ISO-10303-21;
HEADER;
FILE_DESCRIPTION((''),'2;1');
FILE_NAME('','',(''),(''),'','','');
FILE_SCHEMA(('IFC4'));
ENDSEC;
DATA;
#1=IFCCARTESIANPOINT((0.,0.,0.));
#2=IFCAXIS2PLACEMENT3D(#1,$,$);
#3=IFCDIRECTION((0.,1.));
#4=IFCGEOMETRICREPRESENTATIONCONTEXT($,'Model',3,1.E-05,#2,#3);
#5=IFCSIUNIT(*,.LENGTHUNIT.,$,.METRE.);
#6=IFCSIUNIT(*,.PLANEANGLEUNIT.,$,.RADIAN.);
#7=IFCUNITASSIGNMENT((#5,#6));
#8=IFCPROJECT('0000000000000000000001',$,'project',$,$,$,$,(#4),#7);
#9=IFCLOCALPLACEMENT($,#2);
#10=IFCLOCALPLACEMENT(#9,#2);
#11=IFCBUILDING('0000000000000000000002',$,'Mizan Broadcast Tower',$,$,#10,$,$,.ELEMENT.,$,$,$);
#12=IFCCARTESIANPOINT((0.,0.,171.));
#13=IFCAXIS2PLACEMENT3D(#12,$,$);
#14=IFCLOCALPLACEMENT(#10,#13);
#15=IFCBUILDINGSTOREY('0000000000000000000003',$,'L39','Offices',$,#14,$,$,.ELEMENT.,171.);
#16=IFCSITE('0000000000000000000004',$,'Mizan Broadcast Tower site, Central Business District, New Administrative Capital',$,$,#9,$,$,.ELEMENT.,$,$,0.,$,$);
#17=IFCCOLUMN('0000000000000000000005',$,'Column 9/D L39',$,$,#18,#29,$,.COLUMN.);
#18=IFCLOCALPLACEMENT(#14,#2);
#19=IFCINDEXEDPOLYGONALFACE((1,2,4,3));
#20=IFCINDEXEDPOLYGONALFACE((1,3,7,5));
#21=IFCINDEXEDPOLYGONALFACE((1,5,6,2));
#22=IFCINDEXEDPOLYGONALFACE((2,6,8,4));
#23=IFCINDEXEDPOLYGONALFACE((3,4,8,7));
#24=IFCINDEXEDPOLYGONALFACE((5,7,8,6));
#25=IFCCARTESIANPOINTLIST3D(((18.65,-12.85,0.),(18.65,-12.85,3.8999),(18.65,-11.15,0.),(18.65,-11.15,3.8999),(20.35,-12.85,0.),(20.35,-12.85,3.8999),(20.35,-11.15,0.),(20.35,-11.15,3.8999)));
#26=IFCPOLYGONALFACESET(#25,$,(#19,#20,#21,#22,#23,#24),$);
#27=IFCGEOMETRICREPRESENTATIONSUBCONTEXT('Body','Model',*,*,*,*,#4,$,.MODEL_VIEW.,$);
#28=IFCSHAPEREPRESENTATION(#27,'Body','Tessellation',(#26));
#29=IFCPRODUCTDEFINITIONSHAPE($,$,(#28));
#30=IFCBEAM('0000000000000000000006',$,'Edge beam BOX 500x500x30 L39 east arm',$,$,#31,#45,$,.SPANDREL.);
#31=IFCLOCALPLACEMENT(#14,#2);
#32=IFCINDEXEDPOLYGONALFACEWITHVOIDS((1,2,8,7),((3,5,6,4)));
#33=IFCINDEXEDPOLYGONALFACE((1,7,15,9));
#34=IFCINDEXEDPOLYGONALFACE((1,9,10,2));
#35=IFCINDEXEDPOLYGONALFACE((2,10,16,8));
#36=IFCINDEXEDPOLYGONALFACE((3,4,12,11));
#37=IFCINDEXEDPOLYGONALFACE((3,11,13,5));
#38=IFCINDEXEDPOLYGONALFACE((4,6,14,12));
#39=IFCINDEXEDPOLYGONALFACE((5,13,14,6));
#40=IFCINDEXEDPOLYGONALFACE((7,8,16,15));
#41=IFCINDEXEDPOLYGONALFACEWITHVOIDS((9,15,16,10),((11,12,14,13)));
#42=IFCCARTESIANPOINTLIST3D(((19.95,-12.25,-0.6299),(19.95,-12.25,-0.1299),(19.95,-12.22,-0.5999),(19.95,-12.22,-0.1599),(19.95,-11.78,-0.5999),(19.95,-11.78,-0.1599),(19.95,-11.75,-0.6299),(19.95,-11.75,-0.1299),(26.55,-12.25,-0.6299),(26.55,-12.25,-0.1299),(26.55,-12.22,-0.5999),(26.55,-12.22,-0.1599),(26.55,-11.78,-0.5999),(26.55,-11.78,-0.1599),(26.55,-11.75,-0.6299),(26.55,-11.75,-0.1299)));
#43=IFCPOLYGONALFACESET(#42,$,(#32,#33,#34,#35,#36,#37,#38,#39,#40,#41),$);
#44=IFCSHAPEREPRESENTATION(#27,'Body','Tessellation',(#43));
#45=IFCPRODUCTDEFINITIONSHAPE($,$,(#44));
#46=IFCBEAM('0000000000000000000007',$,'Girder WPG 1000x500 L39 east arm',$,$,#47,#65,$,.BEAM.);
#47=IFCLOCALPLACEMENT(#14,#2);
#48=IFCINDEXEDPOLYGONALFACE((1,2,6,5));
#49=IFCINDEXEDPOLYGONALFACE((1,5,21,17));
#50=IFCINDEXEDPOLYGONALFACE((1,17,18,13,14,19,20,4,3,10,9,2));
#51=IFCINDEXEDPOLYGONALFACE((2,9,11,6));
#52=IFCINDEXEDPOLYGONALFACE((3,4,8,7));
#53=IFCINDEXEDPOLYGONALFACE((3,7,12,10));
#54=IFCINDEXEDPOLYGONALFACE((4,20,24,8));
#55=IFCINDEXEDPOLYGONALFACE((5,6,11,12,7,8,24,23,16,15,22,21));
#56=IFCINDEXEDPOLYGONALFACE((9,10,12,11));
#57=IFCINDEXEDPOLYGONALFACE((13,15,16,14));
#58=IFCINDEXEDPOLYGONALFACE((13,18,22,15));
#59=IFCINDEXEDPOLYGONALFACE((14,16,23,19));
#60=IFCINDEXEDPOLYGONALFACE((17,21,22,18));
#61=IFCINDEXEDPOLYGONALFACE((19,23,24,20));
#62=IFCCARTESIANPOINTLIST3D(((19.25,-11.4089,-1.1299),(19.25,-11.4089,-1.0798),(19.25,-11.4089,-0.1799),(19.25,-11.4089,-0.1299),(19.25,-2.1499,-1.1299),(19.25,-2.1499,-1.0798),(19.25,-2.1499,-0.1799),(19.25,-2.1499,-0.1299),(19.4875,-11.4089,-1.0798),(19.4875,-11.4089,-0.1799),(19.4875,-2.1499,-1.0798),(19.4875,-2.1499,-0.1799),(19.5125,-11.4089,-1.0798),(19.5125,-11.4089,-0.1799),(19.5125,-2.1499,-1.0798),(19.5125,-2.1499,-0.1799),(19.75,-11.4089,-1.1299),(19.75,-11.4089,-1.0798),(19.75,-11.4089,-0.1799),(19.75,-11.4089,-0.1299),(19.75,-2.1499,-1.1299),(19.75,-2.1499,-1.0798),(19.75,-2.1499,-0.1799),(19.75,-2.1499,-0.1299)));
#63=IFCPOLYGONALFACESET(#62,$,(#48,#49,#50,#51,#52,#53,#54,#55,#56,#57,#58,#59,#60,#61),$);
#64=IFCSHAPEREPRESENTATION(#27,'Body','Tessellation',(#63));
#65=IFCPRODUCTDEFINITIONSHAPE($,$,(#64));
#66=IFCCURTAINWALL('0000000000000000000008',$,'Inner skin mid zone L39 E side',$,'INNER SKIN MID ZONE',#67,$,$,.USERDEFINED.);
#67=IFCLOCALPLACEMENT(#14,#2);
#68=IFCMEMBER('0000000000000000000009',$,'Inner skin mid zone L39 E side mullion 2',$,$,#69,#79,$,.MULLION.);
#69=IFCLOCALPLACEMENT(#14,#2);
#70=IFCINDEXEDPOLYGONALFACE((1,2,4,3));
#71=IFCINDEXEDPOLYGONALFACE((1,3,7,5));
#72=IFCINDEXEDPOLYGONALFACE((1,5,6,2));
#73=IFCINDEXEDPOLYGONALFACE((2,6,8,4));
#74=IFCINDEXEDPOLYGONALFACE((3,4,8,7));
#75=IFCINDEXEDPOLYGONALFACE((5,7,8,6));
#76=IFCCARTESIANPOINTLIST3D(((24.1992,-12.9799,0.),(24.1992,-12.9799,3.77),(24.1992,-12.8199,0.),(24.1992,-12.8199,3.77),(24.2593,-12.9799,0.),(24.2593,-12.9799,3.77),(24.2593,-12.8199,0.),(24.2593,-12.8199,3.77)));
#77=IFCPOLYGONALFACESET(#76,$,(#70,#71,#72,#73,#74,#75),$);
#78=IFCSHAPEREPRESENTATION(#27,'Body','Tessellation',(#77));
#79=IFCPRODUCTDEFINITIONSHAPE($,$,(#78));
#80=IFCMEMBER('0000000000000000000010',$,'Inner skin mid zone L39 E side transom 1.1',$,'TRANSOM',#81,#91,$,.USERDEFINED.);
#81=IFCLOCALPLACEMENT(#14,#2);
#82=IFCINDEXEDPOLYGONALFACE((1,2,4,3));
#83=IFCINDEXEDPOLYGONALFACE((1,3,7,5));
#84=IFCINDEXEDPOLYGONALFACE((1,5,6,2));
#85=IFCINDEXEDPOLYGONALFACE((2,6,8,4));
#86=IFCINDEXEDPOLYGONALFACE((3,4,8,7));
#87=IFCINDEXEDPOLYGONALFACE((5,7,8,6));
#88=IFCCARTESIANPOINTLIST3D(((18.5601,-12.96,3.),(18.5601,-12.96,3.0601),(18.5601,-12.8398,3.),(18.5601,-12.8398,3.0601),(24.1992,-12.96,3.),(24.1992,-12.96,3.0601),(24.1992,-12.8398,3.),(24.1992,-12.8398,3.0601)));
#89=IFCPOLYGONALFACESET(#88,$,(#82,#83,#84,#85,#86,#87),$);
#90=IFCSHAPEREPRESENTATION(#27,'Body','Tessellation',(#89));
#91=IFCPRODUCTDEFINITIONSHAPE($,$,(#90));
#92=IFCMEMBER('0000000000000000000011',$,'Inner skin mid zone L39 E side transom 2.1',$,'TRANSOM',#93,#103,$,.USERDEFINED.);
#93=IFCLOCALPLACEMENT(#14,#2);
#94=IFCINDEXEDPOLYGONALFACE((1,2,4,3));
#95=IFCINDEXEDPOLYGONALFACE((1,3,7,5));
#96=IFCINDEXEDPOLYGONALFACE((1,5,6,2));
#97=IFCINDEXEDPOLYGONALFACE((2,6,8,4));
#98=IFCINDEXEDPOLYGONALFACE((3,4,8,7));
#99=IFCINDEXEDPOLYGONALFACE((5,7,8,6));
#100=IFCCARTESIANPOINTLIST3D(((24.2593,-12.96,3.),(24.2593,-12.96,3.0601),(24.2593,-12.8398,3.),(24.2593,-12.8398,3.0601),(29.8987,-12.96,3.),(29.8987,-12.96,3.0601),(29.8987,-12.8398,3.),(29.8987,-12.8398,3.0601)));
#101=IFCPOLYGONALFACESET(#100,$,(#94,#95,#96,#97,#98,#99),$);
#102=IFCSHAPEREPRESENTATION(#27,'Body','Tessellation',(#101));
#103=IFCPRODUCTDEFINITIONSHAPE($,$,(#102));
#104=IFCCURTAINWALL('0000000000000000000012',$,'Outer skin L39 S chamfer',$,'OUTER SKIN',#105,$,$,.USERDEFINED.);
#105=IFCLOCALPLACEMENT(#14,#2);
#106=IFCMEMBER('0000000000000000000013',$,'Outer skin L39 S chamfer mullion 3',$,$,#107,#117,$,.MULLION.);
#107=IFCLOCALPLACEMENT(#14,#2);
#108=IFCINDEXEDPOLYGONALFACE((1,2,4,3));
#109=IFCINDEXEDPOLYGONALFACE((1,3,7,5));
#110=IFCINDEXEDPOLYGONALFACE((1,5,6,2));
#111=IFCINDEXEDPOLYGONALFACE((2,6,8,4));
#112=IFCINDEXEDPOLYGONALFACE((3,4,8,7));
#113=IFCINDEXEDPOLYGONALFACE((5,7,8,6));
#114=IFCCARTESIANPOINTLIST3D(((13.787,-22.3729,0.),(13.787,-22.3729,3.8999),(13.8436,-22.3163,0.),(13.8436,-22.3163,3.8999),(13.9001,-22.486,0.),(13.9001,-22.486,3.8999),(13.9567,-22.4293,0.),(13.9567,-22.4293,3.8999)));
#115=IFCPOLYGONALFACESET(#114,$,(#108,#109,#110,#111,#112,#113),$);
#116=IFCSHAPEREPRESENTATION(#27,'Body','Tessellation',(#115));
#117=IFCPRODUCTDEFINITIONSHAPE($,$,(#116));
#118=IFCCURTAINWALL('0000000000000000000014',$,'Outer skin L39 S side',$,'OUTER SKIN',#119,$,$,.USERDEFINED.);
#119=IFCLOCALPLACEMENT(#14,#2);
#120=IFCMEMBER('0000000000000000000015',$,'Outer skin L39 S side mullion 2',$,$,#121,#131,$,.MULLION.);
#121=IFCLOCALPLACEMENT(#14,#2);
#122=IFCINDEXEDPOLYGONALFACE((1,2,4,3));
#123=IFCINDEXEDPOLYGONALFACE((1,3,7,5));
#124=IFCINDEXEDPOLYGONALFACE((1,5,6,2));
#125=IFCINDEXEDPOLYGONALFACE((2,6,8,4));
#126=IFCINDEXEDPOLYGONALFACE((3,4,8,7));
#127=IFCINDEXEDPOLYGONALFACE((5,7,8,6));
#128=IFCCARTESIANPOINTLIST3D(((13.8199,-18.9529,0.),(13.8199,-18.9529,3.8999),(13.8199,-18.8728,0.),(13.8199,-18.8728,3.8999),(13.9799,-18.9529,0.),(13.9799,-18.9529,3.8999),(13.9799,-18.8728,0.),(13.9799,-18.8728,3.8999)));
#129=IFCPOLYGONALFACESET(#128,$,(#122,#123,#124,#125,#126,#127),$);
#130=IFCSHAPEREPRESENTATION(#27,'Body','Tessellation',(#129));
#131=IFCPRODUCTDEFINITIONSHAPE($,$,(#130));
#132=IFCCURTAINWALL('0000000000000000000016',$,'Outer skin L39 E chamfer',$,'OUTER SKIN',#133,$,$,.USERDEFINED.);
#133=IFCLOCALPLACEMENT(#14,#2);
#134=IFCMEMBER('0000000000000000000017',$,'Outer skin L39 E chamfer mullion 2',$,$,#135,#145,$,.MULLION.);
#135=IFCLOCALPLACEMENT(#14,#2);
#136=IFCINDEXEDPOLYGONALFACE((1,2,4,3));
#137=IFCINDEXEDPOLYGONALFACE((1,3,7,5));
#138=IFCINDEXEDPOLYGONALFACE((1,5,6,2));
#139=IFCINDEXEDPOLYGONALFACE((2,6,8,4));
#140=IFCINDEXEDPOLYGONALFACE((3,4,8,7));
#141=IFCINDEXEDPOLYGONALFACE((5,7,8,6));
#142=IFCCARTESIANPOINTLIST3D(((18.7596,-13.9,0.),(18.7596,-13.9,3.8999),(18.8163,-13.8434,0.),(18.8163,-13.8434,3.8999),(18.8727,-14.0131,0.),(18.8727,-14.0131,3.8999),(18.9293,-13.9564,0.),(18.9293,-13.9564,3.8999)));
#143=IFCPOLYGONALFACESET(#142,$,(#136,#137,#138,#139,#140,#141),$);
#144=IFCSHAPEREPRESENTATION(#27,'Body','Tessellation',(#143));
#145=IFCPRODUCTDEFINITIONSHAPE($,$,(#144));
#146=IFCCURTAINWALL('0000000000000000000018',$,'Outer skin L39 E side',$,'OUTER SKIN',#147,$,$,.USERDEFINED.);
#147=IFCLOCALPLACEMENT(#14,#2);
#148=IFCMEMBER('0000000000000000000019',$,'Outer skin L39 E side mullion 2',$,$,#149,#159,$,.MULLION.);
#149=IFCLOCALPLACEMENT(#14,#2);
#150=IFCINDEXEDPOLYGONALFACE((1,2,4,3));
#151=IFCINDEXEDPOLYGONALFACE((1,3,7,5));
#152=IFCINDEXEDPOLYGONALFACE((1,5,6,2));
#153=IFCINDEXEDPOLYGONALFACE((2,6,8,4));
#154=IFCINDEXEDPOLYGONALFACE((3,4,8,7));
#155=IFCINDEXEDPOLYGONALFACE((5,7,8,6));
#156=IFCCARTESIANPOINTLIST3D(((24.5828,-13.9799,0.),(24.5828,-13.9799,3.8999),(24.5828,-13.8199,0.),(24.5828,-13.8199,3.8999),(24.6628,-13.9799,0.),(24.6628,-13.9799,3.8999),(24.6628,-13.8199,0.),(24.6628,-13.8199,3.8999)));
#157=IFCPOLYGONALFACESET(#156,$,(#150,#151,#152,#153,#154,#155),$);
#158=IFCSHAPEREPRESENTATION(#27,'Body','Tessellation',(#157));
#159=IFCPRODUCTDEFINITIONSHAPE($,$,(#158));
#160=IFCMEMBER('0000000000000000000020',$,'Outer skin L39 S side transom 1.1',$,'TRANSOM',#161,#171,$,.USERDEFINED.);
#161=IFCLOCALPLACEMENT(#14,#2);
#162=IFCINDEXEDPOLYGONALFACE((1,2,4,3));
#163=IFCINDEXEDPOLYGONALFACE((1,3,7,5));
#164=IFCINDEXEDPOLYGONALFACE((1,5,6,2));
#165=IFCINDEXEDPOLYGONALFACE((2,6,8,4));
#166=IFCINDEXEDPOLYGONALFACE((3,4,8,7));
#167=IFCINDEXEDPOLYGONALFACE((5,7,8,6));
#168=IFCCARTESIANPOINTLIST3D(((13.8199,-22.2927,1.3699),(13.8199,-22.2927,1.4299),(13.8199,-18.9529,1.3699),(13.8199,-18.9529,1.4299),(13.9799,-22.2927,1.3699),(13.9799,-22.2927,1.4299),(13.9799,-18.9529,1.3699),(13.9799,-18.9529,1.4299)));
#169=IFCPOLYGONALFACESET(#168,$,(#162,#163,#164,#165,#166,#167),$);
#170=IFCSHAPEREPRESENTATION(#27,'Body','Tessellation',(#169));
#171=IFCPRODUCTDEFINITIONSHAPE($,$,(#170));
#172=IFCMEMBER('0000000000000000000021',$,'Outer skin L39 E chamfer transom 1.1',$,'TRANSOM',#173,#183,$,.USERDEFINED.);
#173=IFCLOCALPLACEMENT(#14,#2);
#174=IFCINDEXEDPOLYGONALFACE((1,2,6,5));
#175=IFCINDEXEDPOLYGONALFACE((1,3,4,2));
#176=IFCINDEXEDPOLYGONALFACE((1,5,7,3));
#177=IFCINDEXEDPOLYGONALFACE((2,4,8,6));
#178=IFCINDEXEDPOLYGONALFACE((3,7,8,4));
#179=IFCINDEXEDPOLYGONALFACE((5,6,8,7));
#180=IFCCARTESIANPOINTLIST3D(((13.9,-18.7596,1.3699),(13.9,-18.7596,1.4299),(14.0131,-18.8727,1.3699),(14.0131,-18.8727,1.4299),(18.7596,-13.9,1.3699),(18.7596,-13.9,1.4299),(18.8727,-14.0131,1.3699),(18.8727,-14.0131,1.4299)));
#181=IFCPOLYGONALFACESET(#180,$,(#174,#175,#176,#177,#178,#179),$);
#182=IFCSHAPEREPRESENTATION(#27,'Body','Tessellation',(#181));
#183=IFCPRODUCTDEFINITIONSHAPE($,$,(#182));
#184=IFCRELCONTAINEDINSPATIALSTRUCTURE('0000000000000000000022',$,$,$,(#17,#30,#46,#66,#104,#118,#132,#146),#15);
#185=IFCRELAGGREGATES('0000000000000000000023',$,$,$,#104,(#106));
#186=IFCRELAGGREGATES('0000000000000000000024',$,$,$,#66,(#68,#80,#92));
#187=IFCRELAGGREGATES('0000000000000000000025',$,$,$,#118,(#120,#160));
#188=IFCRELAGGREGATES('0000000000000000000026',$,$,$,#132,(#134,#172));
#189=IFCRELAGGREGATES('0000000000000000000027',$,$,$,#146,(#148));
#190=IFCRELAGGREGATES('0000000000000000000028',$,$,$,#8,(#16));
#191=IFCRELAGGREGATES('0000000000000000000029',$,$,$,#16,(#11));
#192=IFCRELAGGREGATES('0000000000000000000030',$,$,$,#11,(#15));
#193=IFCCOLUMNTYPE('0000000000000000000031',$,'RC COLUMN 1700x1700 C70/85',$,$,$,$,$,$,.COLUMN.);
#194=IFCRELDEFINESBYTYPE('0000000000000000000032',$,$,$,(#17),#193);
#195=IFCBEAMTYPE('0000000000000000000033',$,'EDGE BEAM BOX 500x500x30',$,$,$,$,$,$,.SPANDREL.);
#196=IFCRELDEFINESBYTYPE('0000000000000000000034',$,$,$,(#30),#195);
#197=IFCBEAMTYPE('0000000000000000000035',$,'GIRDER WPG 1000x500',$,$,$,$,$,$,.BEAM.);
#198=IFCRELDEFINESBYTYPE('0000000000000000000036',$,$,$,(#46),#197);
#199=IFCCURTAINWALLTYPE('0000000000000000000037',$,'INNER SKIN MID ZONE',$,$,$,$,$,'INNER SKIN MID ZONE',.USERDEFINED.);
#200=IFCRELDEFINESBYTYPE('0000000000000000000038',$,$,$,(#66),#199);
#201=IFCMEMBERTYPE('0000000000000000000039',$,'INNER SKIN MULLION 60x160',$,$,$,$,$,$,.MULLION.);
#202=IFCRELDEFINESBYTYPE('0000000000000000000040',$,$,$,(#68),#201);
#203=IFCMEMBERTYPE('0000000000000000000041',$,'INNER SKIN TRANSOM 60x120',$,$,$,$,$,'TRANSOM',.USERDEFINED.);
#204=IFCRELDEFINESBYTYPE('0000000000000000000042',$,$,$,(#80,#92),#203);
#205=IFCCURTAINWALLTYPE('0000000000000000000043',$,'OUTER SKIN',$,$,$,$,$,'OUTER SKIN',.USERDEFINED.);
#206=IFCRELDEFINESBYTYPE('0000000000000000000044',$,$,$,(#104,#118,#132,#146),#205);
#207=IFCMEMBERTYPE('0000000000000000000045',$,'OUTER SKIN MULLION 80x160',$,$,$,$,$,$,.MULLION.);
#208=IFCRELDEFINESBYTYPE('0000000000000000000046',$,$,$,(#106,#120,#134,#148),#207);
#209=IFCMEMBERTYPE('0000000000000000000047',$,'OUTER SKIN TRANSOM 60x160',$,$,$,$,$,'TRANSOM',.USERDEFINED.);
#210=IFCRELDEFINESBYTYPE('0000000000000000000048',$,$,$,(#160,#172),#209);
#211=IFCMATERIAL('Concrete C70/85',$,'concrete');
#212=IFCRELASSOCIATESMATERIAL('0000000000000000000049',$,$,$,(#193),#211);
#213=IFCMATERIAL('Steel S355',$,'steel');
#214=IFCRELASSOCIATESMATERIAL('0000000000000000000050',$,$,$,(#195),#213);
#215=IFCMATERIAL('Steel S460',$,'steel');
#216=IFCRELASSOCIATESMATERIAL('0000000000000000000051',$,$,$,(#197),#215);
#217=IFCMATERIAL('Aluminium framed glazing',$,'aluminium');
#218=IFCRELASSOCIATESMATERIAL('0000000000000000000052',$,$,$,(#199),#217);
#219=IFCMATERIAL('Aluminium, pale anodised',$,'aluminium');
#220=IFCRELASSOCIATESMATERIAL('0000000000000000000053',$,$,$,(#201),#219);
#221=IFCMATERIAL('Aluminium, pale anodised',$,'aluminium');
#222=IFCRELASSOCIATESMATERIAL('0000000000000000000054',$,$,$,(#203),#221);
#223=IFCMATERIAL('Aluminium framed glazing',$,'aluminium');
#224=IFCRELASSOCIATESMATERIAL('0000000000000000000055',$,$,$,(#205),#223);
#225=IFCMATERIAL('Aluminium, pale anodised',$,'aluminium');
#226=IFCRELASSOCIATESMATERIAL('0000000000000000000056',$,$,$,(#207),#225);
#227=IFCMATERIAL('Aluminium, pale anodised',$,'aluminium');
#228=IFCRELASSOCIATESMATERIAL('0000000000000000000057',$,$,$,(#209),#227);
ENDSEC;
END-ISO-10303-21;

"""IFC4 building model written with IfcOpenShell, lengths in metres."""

from ifc_helpers import new_model, si_unit, direction, frame, origin, origin_2d, place, context, subcontext, project, spatial, rectangle, hollow_rectangle, i_section, extrude, material, material_profile, profile_set, type_object, element, aggregate, save


model = new_model("IFC4")

# Units and contexts
model_context = context("Model", 3, precision=1e-05, world=origin(), true_north=direction((0.0, 1.0)))
body_context = subcontext(model_context, "Body", "Model", "MODEL_VIEW")
ifc_project = project(units=[si_unit("LENGTHUNIT", "METRE"), si_unit("PLANEANGLEUNIT", "RADIAN")], contexts=[model_context])

# Site, building, storey
site_placement = place(None, origin())
site = spatial("IfcSite", under=ifc_project, at=site_placement, Name="Mizan Broadcast Tower site, Central Business District, New Administrative Capital", CompositionType="ELEMENT", RefElevation=0.0)
building_placement = place(site_placement, origin())
building = spatial("IfcBuilding", under=site, at=building_placement, Name="Mizan Broadcast Tower", CompositionType="ELEMENT")
storey_placement = place(building_placement, frame((0.0, 0.0, 171.0)))
storey = spatial("IfcBuildingStorey", under=building, at=storey_placement, Name="L39", Description="Offices", CompositionType="ELEMENT", Elevation=171.0)

# Column
ifc_material_1 = material(Name="Concrete C70/85", Category="concrete")
ifc_material_profile_1 = material_profile(ifc_material_1, rectangle(XDim=1.7, YDim=1.7, at=origin_2d()), Name="RC 1700x1700")
ifc_profile_set_1 = profile_set([ifc_material_profile_1], Name="Concrete C70/85")
column_type = type_object("IfcColumnType", Name="RC COLUMN 1700x1700 C70/85", PredefinedType="COLUMN", material=ifc_profile_set_1)
column_placement = place(storey_placement, frame((19.5, -12.0, 0.0), z_axis=(0.0, 0.0, 1.0), x_axis=(1.0, 0.0, 0.0)))
element("IfcColumn", 1, at=column_placement, inside=storey, type_object=column_type, Name="Column 9/D L39", PredefinedType="COLUMN", context=body_context, shape_type="SweptSolid", body=[
    extrude(rectangle(XDim=1.7, YDim=1.7, at=origin_2d()), origin(), (0.0, 0.0, 1.0), 3.8999),
])

# Beams
ifc_material_2 = material(Name="Steel S355", Category="steel")
ifc_material_profile_2 = material_profile(ifc_material_2, hollow_rectangle(XDim=0.5, YDim=0.5, WallThickness=0.03, at=origin_2d()), Name="BOX 500x500x30")
ifc_profile_set_2 = profile_set([ifc_material_profile_2], Name="Steel S355")
beam_type_1 = type_object("IfcBeamType", Name="EDGE BEAM BOX 500x500x30", PredefinedType="SPANDREL", material=ifc_profile_set_2)
beam_1_placement = place(storey_placement, frame((19.95, -12.0, -0.3799), z_axis=(1.0, 0.0, 0.0), x_axis=(0.0, 1.0, 0.0)))
element("IfcBeam", 2, at=beam_1_placement, inside=storey, type_object=beam_type_1, Name="Edge beam BOX 500x500x30 L39 east arm", PredefinedType="SPANDREL", context=body_context, shape_type="SweptSolid", body=[
    extrude(hollow_rectangle(XDim=0.5, YDim=0.5, WallThickness=0.03, at=origin_2d()), origin(), (0.0, 0.0, 1.0), 6.6001),
])
ifc_material_3 = material(Name="Steel S460", Category="steel")
ifc_material_profile_3 = material_profile(ifc_material_3, i_section(OverallWidth=0.5, OverallDepth=1.0, WebThickness=0.0249, FlangeThickness=0.05, at=origin_2d()), Name="WPG 1000x500")
ifc_profile_set_3 = profile_set([ifc_material_profile_3], Name="Steel S460")
beam_type_2 = type_object("IfcBeamType", Name="GIRDER WPG 1000x500", PredefinedType="BEAM", material=ifc_profile_set_3)
beam_2_placement = place(storey_placement, frame((19.5, -11.4089, -0.6299), z_axis=(0.0, 1.0, 0.0), x_axis=(-1.0, 0.0, 0.0)))
element("IfcBeam", 3, at=beam_2_placement, inside=storey, type_object=beam_type_2, Name="Girder WPG 1000x500 L39 east arm", PredefinedType="BEAM", context=body_context, shape_type="SweptSolid", body=[
    extrude(i_section(OverallWidth=0.5, OverallDepth=1.0, WebThickness=0.0249, FlangeThickness=0.05, at=origin_2d()), origin(), (0.0, 0.0, 1.0), 9.259),
])

# Curtain wall, members
ifc_material_4 = material(Name="Aluminium framed glazing", Category="aluminium")
curtain_wall_type_1 = type_object("IfcCurtainWallType", Name="INNER SKIN MID ZONE", ElementType="INNER SKIN MID ZONE", PredefinedType="USERDEFINED", material=ifc_material_4)
curtain_wall_1_placement = place(storey_placement, origin())
curtain_wall_1 = element("IfcCurtainWall", 4, at=curtain_wall_1_placement, inside=storey, type_object=curtain_wall_type_1, Name="Inner skin mid zone L39 E side", ObjectType="INNER SKIN MID ZONE", PredefinedType="USERDEFINED")
ifc_material_5 = material(Name="Aluminium, pale anodised", Category="aluminium")
ifc_material_profile_4 = material_profile(ifc_material_5, rectangle(XDim=0.1599, YDim=0.0601, at=origin_2d()), Name="MULLION 160x60")
ifc_profile_set_4 = profile_set([ifc_material_profile_4], Name="Aluminium, pale anodised")
member_type_1 = type_object("IfcMemberType", Name="INNER SKIN MULLION 60x160", PredefinedType="MULLION", material=ifc_profile_set_4)
member_1_placement = place(storey_placement, frame((24.2292, -12.8999, 0.0), z_axis=(0.0, 0.0, 1.0), x_axis=(0.0, 1.0, 0.0)))
member_1 = element("IfcMember", 5, at=member_1_placement, type_object=member_type_1, Name="Inner skin mid zone L39 E side mullion 2", PredefinedType="MULLION", context=body_context, shape_type="SweptSolid", body=[
    extrude(rectangle(XDim=0.1599, YDim=0.0601, at=origin_2d()), origin(), (0.0, 0.0, 1.0), 3.77),
])
ifc_material_6 = material(Name="Aluminium, pale anodised", Category="aluminium")
ifc_material_profile_5 = material_profile(ifc_material_6, rectangle(XDim=0.1201, YDim=0.0601, at=origin_2d()), Name="TRANSOM 120x60")
ifc_profile_set_5 = profile_set([ifc_material_profile_5], Name="Aluminium, pale anodised")
member_type_2 = type_object("IfcMemberType", Name="INNER SKIN TRANSOM 60x120", ElementType="TRANSOM", PredefinedType="USERDEFINED", material=ifc_profile_set_5)
member_2_placement = place(storey_placement, frame((18.5601, -12.8999, 3.03), z_axis=(1.0, 0.0, 0.0), x_axis=(0.0, 1.0, 0.0)))
member_2 = element("IfcMember", 6, at=member_2_placement, type_object=member_type_2, Name="Inner skin mid zone L39 E side transom 1.1", ObjectType="TRANSOM", PredefinedType="USERDEFINED", context=body_context, shape_type="SweptSolid", body=[
    extrude(rectangle(XDim=0.1201, YDim=0.0601, at=origin_2d()), origin(), (0.0, 0.0, 1.0), 5.6392),
])
member_3_placement = place(storey_placement, frame((24.2593, -12.8999, 3.03), z_axis=(1.0, 0.0, 0.0), x_axis=(0.0, 1.0, 0.0)))
member_3 = element("IfcMember", 7, at=member_3_placement, type_object=member_type_2, Name="Inner skin mid zone L39 E side transom 2.1", ObjectType="TRANSOM", PredefinedType="USERDEFINED", context=body_context, shape_type="SweptSolid", body=[
    extrude(rectangle(XDim=0.1201, YDim=0.0601, at=origin_2d()), origin(), (0.0, 0.0, 1.0), 5.6394),
])

# Curtain walls, members
ifc_material_7 = material(Name="Aluminium framed glazing", Category="aluminium")
curtain_wall_type_2 = type_object("IfcCurtainWallType", Name="OUTER SKIN", ElementType="OUTER SKIN", PredefinedType="USERDEFINED", material=ifc_material_7)
curtain_wall_2_placement = place(storey_placement, origin())
curtain_wall_2 = element("IfcCurtainWall", 8, at=curtain_wall_2_placement, inside=storey, type_object=curtain_wall_type_2, Name="Outer skin L39 S chamfer", ObjectType="OUTER SKIN", PredefinedType="USERDEFINED")
ifc_material_8 = material(Name="Aluminium, pale anodised", Category="aluminium")
ifc_material_profile_6 = material_profile(ifc_material_8, rectangle(XDim=0.1599, YDim=0.0801, at=origin_2d()), Name="MULLION 160x80")
ifc_profile_set_6 = profile_set([ifc_material_profile_6], Name="Aluminium, pale anodised")
member_type_3 = type_object("IfcMemberType", Name="OUTER SKIN MULLION 80x160", PredefinedType="MULLION", material=ifc_profile_set_6)
member_4_placement = place(storey_placement, frame((13.8718, -22.4011, 0.0), z_axis=(0.0, 0.0, 1.0), x_axis=(-0.707107, 0.707107, 0.0)))
member_4 = element("IfcMember", 9, at=member_4_placement, type_object=member_type_3, Name="Outer skin L39 S chamfer mullion 3", PredefinedType="MULLION", context=body_context, shape_type="SweptSolid", body=[
    extrude(rectangle(XDim=0.1599, YDim=0.0801, at=origin_2d()), origin(), (0.0, 0.0, 1.0), 3.8999),
])
aggregate(curtain_wall_2, [member_4])
curtain_wall_3_placement = place(storey_placement, origin())
curtain_wall_3 = element("IfcCurtainWall", 10, at=curtain_wall_3_placement, inside=storey, type_object=curtain_wall_type_2, Name="Outer skin L39 S side", ObjectType="OUTER SKIN", PredefinedType="USERDEFINED")
member_5_placement = place(storey_placement, frame((13.8999, -18.9128, 0.0), z_axis=(0.0, 0.0, 1.0), x_axis=(-1.0, 0.0, 0.0)))
member_5 = element("IfcMember", 11, at=member_5_placement, type_object=member_type_3, Name="Outer skin L39 S side mullion 2", PredefinedType="MULLION", context=body_context, shape_type="SweptSolid", body=[
    extrude(rectangle(XDim=0.1599, YDim=0.0801, at=origin_2d()), origin(), (0.0, 0.0, 1.0), 3.8999),
])
curtain_wall_4_placement = place(storey_placement, origin())
curtain_wall_4 = element("IfcCurtainWall", 12, at=curtain_wall_4_placement, inside=storey, type_object=curtain_wall_type_2, Name="Outer skin L39 E chamfer", ObjectType="OUTER SKIN", PredefinedType="USERDEFINED")
member_6_placement = place(storey_placement, frame((18.8445, -13.9282, 0.0), z_axis=(0.0, 0.0, 1.0), x_axis=(-0.707107, 0.707107, 0.0)))
member_6 = element("IfcMember", 13, at=member_6_placement, type_object=member_type_3, Name="Outer skin L39 E chamfer mullion 2", PredefinedType="MULLION", context=body_context, shape_type="SweptSolid", body=[
    extrude(rectangle(XDim=0.1599, YDim=0.0801, at=origin_2d()), origin(), (0.0, 0.0, 1.0), 3.8999),
])
curtain_wall_5_placement = place(storey_placement, origin())
curtain_wall_5 = element("IfcCurtainWall", 14, at=curtain_wall_5_placement, inside=storey, type_object=curtain_wall_type_2, Name="Outer skin L39 E side", ObjectType="OUTER SKIN", PredefinedType="USERDEFINED")
member_7_placement = place(storey_placement, frame((24.6228, -13.8999, 0.0), z_axis=(0.0, 0.0, 1.0), x_axis=(0.0, 1.0, 0.0)))
member_7 = element("IfcMember", 15, at=member_7_placement, type_object=member_type_3, Name="Outer skin L39 E side mullion 2", PredefinedType="MULLION", context=body_context, shape_type="SweptSolid", body=[
    extrude(rectangle(XDim=0.1599, YDim=0.0801, at=origin_2d()), origin(), (0.0, 0.0, 1.0), 3.8999),
])

# Members
ifc_material_9 = material(Name="Aluminium, pale anodised", Category="aluminium")
ifc_material_profile_7 = material_profile(ifc_material_9, rectangle(XDim=0.1599, YDim=0.0601, at=origin_2d()), Name="TRANSOM 160x60")
ifc_profile_set_7 = profile_set([ifc_material_profile_7], Name="Aluminium, pale anodised")
member_type_4 = type_object("IfcMemberType", Name="OUTER SKIN TRANSOM 60x160", ElementType="TRANSOM", PredefinedType="USERDEFINED", material=ifc_profile_set_7)
member_8_placement = place(storey_placement, frame((13.8999, -22.2927, 1.3999), z_axis=(0.0, 1.0, 0.0), x_axis=(-1.0, 0.0, 0.0)))
member_8 = element("IfcMember", 16, at=member_8_placement, type_object=member_type_4, Name="Outer skin L39 S side transom 1.1", ObjectType="TRANSOM", PredefinedType="USERDEFINED", context=body_context, shape_type="SweptSolid", body=[
    extrude(rectangle(XDim=0.1599, YDim=0.0601, at=origin_2d()), origin(), (0.0, 0.0, 1.0), 3.3398),
])
member_9_placement = place(storey_placement, frame((13.9565, -18.8162, 1.3999), z_axis=(0.707107, 0.707107, 0.0), x_axis=(-0.707107, 0.707107, 0.0)))
member_9 = element("IfcMember", 17, at=member_9_placement, type_object=member_type_4, Name="Outer skin L39 E chamfer transom 1.1", ObjectType="TRANSOM", PredefinedType="USERDEFINED", context=body_context, shape_type="SweptSolid", body=[
    extrude(rectangle(XDim=0.1599, YDim=0.0601, at=origin_2d()), origin(), (0.0, 0.0, 1.0), 6.8726),
])

aggregate(curtain_wall_1, [member_1, member_2, member_3])
aggregate(curtain_wall_3, [member_5, member_8])
aggregate(curtain_wall_4, [member_6, member_9])
aggregate(curtain_wall_5, [member_7])

save(model, "model.ifc")
